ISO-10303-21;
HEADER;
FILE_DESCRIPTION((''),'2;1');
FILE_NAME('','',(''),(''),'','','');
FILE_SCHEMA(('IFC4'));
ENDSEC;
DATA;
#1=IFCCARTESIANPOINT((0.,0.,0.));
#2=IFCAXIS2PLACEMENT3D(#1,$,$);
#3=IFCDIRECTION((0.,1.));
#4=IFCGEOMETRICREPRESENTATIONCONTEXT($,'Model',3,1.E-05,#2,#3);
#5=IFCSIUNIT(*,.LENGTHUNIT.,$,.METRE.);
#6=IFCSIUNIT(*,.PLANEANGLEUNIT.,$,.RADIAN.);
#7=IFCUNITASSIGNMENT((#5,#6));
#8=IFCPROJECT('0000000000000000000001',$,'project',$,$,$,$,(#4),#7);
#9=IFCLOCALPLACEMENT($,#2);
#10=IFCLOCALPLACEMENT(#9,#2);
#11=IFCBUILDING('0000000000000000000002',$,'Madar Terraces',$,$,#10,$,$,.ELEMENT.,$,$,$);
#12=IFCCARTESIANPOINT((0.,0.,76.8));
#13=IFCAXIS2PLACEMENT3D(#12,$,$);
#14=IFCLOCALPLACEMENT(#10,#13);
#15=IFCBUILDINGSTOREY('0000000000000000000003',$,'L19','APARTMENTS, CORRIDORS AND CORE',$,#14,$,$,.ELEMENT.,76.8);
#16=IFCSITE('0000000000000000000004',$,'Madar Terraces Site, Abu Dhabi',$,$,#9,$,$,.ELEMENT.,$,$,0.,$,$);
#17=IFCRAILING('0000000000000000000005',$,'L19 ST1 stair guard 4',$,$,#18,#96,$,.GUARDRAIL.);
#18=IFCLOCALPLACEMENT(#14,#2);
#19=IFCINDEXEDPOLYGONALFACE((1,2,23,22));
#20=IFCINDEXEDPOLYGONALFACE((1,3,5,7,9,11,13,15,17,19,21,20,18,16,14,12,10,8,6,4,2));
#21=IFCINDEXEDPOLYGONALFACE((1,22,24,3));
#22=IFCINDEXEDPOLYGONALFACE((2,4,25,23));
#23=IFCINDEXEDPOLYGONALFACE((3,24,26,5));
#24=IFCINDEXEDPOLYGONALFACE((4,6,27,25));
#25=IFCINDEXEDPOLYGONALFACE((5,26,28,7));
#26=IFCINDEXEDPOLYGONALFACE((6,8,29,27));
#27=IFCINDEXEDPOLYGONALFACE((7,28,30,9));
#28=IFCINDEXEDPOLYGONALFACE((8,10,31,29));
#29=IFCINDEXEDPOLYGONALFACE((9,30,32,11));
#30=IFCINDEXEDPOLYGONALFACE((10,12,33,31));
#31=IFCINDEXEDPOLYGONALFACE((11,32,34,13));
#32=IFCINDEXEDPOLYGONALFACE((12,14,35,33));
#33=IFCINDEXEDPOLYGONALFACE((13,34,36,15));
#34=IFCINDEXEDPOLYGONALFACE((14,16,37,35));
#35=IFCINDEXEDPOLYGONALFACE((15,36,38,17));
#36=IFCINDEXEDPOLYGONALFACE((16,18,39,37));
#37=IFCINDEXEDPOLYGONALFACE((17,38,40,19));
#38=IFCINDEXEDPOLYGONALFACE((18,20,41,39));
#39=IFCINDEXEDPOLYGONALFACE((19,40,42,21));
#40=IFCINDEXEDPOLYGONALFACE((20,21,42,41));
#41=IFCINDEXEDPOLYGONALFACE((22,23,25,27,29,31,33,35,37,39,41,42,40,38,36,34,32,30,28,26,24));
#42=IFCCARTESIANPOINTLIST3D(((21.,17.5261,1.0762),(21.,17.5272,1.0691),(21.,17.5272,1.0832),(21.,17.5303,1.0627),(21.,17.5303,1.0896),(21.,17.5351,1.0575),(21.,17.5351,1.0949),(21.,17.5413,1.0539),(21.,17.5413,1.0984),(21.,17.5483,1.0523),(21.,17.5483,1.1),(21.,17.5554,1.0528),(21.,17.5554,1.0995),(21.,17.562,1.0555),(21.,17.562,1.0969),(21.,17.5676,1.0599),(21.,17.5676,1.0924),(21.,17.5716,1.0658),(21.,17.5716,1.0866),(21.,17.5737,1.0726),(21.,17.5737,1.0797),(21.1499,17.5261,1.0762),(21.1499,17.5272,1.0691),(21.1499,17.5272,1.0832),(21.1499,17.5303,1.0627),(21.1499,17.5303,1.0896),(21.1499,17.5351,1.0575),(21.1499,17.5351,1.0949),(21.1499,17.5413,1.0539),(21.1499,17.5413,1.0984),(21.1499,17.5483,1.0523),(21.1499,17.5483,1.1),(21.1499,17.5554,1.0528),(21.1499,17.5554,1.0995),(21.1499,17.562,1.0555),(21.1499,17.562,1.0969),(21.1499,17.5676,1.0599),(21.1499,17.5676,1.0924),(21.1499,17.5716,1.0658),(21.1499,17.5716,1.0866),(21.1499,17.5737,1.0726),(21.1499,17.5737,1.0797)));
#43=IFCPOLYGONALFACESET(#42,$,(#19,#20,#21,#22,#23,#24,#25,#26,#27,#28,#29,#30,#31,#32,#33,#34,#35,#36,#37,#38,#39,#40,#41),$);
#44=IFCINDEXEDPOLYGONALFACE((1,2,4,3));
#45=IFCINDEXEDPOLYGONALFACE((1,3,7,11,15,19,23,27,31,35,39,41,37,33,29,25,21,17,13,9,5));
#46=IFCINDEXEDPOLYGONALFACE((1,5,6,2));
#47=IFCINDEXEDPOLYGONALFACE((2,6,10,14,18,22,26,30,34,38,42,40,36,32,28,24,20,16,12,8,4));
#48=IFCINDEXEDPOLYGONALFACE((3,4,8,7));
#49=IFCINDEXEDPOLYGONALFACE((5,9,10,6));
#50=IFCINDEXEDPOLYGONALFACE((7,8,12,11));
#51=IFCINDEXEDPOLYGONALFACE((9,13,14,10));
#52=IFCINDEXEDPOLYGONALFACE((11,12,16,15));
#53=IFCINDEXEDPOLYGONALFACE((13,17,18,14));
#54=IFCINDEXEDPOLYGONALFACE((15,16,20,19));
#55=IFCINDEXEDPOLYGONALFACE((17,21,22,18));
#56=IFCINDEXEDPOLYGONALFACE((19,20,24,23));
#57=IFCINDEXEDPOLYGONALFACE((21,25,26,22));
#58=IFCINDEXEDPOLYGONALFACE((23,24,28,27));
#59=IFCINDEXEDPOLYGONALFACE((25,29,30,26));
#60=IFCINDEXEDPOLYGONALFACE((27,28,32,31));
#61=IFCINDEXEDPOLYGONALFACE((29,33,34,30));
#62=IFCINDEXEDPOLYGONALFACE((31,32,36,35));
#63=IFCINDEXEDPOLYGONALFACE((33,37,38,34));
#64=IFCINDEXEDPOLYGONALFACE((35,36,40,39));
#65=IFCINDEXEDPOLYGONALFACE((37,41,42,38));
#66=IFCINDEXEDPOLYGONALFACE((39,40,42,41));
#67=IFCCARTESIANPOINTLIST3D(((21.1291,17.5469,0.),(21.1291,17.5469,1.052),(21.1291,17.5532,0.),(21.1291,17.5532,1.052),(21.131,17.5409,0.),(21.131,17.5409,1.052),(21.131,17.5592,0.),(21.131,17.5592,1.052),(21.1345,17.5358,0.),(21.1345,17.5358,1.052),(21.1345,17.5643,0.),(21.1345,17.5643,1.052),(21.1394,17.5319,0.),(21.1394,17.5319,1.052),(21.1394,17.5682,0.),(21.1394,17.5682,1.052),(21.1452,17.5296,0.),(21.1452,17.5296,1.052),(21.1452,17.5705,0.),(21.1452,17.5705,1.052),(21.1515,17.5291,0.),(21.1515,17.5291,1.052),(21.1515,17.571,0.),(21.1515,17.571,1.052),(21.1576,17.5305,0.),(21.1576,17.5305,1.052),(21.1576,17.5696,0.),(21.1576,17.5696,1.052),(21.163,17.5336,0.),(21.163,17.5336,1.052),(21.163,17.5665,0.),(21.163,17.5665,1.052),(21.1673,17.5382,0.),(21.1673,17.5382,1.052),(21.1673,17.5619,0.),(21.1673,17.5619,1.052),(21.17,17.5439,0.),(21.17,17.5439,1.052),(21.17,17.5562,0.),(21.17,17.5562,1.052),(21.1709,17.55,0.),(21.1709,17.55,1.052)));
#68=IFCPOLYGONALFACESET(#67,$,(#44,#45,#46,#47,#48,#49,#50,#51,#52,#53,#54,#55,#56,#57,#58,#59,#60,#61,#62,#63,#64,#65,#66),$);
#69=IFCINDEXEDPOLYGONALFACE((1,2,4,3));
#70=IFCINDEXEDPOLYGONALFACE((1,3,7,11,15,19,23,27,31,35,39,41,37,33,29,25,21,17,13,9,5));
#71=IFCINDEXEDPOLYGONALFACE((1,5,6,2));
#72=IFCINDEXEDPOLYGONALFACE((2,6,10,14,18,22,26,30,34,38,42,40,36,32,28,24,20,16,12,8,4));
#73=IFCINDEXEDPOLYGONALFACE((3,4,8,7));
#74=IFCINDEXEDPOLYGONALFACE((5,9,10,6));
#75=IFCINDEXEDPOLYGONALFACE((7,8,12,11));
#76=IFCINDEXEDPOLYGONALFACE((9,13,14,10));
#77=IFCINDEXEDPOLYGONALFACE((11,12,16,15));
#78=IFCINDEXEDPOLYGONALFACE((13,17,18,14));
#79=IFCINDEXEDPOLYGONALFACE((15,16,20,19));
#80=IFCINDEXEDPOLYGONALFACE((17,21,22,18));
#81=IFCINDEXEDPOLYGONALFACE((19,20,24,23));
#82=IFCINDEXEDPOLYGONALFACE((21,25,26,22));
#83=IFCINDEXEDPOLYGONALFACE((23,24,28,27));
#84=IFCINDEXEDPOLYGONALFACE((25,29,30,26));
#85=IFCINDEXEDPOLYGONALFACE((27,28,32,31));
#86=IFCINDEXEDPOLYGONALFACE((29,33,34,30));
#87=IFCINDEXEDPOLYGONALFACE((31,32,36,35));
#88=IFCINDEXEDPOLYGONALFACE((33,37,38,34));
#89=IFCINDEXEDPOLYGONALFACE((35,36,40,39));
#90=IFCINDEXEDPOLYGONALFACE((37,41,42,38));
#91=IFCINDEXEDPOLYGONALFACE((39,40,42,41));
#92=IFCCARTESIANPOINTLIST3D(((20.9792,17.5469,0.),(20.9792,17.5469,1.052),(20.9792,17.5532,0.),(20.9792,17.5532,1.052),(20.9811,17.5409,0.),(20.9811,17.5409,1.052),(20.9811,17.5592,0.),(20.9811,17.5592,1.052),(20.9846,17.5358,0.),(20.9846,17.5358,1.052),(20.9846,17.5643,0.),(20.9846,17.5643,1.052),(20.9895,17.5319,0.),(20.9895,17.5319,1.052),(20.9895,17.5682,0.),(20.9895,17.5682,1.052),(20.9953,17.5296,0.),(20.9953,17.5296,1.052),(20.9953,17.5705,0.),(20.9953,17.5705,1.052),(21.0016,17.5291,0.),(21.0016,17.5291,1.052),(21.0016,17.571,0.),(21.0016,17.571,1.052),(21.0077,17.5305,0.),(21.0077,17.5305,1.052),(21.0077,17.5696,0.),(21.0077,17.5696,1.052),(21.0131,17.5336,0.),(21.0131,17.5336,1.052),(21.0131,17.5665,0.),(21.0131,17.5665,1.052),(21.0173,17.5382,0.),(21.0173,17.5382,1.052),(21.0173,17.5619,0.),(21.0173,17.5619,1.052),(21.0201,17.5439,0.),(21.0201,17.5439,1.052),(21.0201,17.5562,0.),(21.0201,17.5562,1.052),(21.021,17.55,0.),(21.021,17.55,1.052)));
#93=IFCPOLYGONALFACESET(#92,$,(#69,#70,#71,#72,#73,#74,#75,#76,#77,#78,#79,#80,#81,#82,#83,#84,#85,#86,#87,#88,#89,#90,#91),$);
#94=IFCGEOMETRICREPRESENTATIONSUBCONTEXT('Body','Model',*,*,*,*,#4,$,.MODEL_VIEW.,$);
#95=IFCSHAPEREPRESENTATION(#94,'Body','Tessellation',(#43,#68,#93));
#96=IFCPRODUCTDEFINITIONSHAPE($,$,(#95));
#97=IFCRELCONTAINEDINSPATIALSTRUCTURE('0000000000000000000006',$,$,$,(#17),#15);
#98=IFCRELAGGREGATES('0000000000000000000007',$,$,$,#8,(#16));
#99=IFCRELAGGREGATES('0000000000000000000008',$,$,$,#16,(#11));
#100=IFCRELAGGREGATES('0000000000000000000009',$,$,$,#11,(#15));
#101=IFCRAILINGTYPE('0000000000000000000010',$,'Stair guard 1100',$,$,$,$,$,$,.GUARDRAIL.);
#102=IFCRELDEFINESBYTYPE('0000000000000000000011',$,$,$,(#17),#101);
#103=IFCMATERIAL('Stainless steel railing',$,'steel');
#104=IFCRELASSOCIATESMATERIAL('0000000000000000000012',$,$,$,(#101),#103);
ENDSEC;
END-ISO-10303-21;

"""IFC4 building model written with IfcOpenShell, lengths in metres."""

from ifc_helpers import new_model, si_unit, direction, frame, origin, origin_2d, place, context, subcontext, project, spatial, circle, extrude, material, type_object, element, save


model = new_model("IFC4")

# Units and contexts
model_context = context("Model", 3, precision=1e-05, world=origin(), true_north=direction((0.0, 1.0)))
body_context = subcontext(model_context, "Body", "Model", "MODEL_VIEW")
ifc_project = project(units=[si_unit("LENGTHUNIT", "METRE"), si_unit("PLANEANGLEUNIT", "RADIAN")], contexts=[model_context])

# Site, building, storey
site_placement = place(None, origin())
site = spatial("IfcSite", under=ifc_project, at=site_placement, Name="Madar Terraces Site, Abu Dhabi", CompositionType="ELEMENT", RefElevation=0.0)
building_placement = place(site_placement, origin())
building = spatial("IfcBuilding", under=site, at=building_placement, Name="Madar Terraces", CompositionType="ELEMENT")
storey_placement = place(building_placement, frame((0.0, 0.0, 76.8)))
storey = spatial("IfcBuildingStorey", under=building, at=storey_placement, Name="L19", Description="APARTMENTS, CORRIDORS AND CORE", CompositionType="ELEMENT", Elevation=76.8)

# Railing
ifc_material_1 = material(Name="Stainless steel railing", Category="steel")
railing_type_1 = type_object("IfcRailingType", Name="Stair guard 1100", PredefinedType="GUARDRAIL", material=ifc_material_1)
railing_1_placement = place(storey_placement, frame((21.1499, 17.55, 0.0)))
element("IfcRailing", 1, at=railing_1_placement, inside=storey, type_object=railing_type_1, Name="L19 ST1 stair guard 4", PredefinedType="GUARDRAIL", context=body_context, shape_type="SweptSolid", body=[
    extrude(circle(Radius=0.0239, at=origin_2d()), frame((0.0, 0.0, 1.0762), z_axis=(-1.0, 0.0, 0.0), x_axis=(0.0, -1.0, 0.0)), (0.0, 0.0, 1.0), 0.1499),
    extrude(circle(Radius=0.021, at=origin_2d()), origin(), (0.0, 0.0, 1.0), 1.052),
    extrude(circle(Radius=0.021, at=origin_2d()), frame((-0.1499, 0.0, 0.0)), (0.0, 0.0, 1.0), 1.052),
])

save(model, "model.ifc")
